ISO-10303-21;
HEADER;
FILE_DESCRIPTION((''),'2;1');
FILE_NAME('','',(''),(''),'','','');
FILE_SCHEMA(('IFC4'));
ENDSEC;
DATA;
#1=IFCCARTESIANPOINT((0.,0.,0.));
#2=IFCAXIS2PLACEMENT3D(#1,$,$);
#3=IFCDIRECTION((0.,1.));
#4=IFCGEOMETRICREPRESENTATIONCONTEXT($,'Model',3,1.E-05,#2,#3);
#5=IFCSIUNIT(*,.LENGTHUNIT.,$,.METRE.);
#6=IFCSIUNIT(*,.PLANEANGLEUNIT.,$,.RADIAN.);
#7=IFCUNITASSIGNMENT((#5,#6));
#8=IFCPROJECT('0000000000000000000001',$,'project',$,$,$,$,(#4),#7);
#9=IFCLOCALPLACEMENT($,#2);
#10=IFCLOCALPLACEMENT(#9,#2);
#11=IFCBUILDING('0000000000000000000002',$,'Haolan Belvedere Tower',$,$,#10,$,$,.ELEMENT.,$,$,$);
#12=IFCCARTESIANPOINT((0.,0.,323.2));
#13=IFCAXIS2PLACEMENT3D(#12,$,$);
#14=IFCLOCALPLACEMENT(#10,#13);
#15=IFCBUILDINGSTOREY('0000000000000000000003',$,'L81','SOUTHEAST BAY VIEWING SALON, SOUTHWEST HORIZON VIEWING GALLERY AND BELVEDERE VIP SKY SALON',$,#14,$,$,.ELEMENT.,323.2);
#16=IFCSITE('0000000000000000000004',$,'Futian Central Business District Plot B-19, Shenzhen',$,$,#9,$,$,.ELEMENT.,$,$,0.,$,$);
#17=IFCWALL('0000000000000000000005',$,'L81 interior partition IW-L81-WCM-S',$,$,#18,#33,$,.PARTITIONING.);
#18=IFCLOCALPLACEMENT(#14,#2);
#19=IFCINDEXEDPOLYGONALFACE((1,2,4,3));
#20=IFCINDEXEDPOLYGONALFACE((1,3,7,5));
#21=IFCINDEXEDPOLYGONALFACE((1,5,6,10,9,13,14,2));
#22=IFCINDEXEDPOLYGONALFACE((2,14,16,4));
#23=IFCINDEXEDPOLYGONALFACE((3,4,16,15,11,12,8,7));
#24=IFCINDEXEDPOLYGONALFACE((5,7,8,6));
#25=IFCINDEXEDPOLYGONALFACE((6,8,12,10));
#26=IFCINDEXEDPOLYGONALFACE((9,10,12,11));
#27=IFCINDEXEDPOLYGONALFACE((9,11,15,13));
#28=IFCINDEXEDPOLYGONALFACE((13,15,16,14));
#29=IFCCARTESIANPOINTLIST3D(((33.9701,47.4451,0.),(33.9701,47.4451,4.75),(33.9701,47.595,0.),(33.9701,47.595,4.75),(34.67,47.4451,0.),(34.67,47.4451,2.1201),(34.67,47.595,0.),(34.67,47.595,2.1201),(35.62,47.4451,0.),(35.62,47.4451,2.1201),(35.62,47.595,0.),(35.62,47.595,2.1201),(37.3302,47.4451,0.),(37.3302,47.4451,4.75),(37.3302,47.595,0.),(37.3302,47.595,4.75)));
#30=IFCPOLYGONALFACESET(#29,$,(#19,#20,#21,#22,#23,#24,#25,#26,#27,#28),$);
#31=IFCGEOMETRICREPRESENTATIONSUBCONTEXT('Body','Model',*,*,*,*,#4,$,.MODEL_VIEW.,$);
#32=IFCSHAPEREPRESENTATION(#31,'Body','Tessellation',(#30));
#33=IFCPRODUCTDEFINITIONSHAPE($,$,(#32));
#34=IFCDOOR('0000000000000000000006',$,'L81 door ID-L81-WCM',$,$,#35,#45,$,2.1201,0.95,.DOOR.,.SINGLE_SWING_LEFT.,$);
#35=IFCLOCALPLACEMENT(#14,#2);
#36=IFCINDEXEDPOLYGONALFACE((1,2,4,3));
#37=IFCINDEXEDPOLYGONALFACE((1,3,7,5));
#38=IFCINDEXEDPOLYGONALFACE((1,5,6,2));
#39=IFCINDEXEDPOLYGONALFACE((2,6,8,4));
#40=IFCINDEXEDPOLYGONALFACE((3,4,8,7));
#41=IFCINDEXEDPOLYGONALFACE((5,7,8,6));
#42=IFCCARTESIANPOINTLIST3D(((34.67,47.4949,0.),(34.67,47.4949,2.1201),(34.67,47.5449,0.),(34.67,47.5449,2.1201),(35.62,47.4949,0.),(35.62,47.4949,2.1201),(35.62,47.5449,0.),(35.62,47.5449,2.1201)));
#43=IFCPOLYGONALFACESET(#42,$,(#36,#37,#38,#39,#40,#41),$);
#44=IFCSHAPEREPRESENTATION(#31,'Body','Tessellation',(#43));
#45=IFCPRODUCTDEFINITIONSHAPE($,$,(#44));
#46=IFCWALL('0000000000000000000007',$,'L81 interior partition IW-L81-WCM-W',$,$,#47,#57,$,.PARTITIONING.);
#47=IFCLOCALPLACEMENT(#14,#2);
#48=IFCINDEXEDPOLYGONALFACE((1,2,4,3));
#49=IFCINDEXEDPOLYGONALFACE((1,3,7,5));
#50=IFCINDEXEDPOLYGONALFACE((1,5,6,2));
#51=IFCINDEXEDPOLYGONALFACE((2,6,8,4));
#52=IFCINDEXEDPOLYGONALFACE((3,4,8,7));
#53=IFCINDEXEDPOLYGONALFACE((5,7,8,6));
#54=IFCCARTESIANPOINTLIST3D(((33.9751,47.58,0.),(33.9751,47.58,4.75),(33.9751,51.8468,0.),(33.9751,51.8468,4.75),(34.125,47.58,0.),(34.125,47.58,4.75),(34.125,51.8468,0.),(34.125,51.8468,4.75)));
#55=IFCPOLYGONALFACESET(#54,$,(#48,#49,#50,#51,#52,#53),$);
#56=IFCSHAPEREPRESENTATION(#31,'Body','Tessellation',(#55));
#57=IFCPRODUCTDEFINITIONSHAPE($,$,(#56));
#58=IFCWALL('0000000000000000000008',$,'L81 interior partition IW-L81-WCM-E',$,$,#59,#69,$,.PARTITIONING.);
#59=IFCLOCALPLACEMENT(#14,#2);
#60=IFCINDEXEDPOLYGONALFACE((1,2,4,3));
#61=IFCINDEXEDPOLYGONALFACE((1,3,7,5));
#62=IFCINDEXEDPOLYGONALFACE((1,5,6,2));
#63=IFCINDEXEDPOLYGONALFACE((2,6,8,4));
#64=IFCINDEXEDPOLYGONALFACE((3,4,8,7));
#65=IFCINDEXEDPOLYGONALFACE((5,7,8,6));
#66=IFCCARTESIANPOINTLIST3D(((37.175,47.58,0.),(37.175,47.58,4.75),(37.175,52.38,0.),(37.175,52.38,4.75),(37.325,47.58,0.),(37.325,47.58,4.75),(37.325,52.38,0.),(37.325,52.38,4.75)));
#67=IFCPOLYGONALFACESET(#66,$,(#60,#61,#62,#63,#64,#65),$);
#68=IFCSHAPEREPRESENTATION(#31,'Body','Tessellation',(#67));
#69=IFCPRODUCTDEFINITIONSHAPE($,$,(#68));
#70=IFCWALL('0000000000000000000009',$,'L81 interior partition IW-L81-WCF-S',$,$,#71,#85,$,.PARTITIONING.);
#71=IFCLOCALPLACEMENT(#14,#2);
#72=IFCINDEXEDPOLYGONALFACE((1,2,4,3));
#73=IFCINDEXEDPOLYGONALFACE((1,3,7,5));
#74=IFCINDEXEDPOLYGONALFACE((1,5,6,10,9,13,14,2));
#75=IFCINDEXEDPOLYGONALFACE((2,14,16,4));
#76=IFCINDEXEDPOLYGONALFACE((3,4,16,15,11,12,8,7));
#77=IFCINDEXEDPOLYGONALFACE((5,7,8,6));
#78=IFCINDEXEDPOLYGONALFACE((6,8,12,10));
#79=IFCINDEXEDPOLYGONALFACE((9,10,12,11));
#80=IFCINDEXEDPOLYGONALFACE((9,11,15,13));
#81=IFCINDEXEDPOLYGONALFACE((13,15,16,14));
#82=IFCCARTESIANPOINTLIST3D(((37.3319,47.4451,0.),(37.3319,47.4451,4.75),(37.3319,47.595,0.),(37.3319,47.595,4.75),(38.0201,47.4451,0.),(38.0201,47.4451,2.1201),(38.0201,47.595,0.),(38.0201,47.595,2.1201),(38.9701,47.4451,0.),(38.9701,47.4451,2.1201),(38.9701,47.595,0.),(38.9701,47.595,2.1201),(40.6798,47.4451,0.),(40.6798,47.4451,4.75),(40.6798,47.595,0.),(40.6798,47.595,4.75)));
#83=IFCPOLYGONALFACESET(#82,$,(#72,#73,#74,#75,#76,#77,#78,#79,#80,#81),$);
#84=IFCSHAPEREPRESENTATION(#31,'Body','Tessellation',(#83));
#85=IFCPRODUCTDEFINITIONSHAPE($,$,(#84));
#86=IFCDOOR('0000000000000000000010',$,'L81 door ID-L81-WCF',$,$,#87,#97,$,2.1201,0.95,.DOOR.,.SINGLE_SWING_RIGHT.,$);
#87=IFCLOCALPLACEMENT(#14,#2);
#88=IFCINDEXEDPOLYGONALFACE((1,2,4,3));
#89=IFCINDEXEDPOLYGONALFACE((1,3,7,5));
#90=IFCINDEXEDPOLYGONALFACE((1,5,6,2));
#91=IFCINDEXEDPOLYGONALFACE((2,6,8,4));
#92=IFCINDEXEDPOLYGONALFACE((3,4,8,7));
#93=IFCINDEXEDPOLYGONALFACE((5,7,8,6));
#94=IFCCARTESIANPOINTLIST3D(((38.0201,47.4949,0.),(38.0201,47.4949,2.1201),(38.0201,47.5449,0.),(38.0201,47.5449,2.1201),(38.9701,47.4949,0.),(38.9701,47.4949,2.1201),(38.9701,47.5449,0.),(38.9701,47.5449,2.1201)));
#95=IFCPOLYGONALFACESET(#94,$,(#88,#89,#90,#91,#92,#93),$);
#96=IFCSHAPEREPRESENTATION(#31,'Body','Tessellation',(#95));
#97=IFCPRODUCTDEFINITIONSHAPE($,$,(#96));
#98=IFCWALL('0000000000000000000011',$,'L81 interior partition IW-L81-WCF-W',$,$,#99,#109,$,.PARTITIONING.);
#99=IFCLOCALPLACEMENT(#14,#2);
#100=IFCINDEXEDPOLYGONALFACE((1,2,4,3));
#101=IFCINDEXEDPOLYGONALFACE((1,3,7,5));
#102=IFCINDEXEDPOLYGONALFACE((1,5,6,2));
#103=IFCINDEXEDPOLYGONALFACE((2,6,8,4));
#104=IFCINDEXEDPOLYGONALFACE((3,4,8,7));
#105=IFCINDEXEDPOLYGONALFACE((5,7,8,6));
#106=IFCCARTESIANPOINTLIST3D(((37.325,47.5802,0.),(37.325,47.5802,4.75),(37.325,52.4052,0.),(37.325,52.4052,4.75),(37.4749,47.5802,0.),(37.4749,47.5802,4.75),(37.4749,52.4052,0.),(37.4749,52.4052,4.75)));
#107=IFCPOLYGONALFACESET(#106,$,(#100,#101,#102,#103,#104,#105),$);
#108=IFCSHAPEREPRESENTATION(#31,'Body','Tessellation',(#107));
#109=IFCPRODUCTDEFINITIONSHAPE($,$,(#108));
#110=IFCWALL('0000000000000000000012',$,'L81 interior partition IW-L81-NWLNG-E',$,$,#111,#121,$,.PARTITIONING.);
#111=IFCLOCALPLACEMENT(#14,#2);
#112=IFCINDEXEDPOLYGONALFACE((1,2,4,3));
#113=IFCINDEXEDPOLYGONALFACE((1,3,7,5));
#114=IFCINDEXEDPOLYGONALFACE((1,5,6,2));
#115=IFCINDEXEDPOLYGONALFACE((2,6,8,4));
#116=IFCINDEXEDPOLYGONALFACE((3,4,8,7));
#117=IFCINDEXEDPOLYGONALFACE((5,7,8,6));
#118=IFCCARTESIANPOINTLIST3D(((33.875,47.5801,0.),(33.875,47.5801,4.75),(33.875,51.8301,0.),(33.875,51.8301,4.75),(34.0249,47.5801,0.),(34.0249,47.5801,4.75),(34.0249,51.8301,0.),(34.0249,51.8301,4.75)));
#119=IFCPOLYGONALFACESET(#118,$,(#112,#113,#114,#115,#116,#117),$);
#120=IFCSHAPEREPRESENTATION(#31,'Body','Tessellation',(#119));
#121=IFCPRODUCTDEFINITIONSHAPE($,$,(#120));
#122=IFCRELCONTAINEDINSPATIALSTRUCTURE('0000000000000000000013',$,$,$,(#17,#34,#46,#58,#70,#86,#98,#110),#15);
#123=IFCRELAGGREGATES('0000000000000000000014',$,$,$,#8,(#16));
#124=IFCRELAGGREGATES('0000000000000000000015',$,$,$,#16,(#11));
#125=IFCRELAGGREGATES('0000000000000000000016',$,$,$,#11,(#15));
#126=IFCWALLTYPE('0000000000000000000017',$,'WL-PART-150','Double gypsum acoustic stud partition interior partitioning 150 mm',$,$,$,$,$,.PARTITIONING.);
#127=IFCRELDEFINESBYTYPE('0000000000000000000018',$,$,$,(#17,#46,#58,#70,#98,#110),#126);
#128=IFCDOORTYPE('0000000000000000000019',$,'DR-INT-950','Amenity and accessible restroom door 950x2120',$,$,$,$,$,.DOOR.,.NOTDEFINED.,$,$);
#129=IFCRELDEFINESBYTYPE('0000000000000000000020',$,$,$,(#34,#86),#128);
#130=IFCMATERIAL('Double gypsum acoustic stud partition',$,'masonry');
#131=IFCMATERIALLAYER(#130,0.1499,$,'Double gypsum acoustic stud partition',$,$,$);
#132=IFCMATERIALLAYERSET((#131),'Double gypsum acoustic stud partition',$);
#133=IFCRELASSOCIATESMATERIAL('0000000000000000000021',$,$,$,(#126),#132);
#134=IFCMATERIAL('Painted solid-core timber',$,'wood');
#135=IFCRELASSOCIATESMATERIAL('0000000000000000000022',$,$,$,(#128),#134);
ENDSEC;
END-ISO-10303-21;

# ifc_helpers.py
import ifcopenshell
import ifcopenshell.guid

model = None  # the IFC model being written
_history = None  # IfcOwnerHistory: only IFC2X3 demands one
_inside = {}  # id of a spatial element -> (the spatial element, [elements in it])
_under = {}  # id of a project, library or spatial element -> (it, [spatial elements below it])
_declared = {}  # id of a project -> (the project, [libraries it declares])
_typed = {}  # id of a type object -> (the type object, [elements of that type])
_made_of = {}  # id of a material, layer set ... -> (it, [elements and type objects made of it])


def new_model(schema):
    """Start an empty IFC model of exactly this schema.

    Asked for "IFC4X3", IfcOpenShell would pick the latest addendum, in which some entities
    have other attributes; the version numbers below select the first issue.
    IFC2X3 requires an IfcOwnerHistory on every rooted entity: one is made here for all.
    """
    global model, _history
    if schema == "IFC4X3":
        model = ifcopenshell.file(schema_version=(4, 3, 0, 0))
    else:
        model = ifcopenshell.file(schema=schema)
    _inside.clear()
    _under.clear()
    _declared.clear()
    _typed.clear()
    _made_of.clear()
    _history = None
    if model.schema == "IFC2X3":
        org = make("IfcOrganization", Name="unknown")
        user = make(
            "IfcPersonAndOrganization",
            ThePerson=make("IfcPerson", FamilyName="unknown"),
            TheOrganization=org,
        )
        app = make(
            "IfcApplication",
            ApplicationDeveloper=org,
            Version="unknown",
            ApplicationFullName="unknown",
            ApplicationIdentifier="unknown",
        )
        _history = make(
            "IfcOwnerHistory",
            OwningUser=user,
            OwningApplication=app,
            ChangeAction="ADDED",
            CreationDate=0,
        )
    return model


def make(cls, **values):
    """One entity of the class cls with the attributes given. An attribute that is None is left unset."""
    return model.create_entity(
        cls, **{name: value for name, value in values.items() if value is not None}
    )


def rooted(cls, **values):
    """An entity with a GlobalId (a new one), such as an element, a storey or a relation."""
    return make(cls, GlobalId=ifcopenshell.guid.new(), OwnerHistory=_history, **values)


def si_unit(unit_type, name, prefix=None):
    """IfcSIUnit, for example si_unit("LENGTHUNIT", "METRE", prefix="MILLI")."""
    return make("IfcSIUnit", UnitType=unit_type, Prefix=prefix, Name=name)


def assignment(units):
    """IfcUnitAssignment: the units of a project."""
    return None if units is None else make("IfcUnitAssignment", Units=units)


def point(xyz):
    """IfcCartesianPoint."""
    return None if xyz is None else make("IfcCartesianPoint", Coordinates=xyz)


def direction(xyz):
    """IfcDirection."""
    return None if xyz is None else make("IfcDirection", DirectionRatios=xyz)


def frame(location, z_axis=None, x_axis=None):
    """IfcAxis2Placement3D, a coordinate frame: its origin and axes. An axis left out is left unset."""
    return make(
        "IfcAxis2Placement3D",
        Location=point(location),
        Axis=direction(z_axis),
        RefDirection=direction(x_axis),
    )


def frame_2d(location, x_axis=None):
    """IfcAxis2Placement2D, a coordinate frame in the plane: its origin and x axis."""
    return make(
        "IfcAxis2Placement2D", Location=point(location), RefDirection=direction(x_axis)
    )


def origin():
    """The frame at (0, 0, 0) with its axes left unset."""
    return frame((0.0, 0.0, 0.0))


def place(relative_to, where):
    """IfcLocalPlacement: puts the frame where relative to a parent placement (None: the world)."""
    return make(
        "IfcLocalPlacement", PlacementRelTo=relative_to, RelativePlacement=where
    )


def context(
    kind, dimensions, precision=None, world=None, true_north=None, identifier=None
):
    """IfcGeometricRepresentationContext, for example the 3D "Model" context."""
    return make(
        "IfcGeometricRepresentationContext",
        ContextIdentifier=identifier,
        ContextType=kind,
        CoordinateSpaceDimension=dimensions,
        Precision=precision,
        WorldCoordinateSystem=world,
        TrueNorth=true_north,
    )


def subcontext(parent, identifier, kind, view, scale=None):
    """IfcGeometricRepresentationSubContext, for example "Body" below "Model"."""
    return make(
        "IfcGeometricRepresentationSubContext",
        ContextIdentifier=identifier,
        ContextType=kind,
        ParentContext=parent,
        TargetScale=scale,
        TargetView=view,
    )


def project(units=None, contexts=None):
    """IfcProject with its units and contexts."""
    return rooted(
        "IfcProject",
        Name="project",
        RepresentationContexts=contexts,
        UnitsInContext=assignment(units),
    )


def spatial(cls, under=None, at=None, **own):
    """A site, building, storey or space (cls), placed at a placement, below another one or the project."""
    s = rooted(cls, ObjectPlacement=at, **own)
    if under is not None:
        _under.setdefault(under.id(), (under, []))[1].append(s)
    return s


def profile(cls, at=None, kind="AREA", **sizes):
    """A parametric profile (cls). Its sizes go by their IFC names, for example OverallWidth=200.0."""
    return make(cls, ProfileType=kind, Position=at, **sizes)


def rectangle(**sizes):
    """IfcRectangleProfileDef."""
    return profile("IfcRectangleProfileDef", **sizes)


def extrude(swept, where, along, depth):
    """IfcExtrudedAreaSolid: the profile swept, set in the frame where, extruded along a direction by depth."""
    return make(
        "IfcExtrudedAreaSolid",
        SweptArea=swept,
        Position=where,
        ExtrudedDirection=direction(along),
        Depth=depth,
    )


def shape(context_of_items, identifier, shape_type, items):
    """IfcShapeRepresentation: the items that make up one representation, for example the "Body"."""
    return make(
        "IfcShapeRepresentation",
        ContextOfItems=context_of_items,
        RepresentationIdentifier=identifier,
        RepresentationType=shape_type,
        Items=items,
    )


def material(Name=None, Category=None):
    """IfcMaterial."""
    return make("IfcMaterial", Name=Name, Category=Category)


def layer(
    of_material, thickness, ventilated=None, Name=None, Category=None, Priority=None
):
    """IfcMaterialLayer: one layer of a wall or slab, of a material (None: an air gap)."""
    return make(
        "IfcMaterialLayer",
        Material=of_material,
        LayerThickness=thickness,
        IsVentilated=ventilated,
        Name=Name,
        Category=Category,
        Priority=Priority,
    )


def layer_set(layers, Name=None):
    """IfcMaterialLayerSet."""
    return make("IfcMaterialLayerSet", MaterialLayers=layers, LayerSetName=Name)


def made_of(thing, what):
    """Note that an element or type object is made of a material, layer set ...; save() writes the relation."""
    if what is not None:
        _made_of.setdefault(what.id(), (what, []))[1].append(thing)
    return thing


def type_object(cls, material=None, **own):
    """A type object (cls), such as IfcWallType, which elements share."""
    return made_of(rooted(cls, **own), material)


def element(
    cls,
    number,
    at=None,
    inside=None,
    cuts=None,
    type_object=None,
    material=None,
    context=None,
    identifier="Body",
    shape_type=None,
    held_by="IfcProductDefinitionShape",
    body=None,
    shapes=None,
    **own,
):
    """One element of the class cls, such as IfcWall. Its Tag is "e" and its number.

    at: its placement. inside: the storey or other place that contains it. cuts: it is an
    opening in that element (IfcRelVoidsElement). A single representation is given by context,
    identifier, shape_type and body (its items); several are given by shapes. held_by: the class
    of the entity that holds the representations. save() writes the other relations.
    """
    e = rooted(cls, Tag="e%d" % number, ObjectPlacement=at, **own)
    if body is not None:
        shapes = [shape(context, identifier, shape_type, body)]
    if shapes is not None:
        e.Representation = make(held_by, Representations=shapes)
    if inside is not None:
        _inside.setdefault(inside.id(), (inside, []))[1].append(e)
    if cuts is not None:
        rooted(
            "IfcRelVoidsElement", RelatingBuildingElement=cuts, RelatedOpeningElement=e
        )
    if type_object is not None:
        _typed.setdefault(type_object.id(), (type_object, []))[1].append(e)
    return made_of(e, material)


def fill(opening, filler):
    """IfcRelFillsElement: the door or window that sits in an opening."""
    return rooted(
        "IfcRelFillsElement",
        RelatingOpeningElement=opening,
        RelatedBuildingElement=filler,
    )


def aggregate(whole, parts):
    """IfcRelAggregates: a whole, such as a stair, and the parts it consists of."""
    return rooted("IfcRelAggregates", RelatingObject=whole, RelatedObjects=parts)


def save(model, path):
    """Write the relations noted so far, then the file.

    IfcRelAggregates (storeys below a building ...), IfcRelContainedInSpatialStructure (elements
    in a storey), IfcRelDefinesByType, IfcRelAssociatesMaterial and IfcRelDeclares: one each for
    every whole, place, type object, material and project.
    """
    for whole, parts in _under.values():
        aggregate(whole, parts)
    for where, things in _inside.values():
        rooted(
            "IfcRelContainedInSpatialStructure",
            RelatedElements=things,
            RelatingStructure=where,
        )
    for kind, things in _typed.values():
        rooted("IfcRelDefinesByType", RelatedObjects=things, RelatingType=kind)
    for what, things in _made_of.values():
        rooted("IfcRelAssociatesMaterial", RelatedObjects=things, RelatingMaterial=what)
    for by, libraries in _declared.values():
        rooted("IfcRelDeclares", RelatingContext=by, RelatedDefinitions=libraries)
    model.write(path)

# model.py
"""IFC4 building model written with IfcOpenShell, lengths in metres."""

from ifc_helpers import new_model, si_unit, direction, frame, frame_2d, origin, place, context, subcontext, project, spatial, rectangle, extrude, material, layer, layer_set, type_object, element, fill, save


model = new_model("IFC4")

# Units and contexts
model_context = context("Model", 3, precision=1e-05, world=origin(), true_north=direction((0.0, 1.0)))
body_context = subcontext(model_context, "Body", "Model", "MODEL_VIEW")
ifc_project = project(units=[si_unit("LENGTHUNIT", "METRE"), si_unit("PLANEANGLEUNIT", "RADIAN")], contexts=[model_context])

# Site, building, storey
site_placement = place(None, origin())
site = spatial("IfcSite", under=ifc_project, at=site_placement, Name="Futian Central Business District Plot B-19, Shenzhen", CompositionType="ELEMENT", RefElevation=0.0)
building_placement = place(site_placement, origin())
building = spatial("IfcBuilding", under=site, at=building_placement, Name="Haolan Belvedere Tower", CompositionType="ELEMENT")
storey_placement = place(building_placement, frame((0.0, 0.0, 323.2)))
storey = spatial("IfcBuildingStorey", under=building, at=storey_placement, Name="L81", Description="SOUTHEAST BAY VIEWING SALON, SOUTHWEST HORIZON VIEWING GALLERY AND BELVEDERE VIP SKY SALON", CompositionType="ELEMENT", Elevation=323.2)

# Wall, opening, door
ifc_material_1 = material(Name="Double gypsum acoustic stud partition", Category="masonry")
ifc_layer_1 = layer(ifc_material_1, 0.1499, Name="Double gypsum acoustic stud partition")
ifc_layer_set_1 = layer_set([ifc_layer_1], Name="Double gypsum acoustic stud partition")
wall_type_1 = type_object("IfcWallType", Name="WL-PART-150", Description="Double gypsum acoustic stud partition interior partitioning 150 mm", PredefinedType="PARTITIONING", material=ifc_layer_set_1)
wall_1_placement = place(storey_placement, frame((33.97, 47.52, 0.0), z_axis=(0.0, 0.0, 1.0), x_axis=(1.0, 0.0, 0.0)))
wall_1 = element("IfcWall", 1, at=wall_1_placement, inside=storey, type_object=wall_type_1, Name="L81 interior partition IW-L81-WCM-S", PredefinedType="PARTITIONING", context=body_context, shape_type="SweptSolid", body=[
    extrude(rectangle(XDim=3.3601, YDim=0.1499, at=frame_2d((1.6802, 0.0))), origin(), (0.0, 0.0, 1.0), 4.75),
])
opening_1_placement = place(wall_1_placement, frame((0.7, 0.0, 0.0)))
opening_1 = element("IfcOpeningElement", 2, at=opening_1_placement, cuts=wall_1, PredefinedType="OPENING", context=body_context, shape_type="SweptSolid", body=[
    extrude(rectangle(XDim=0.95, YDim=2.1201, at=frame_2d((0.4751, 1.0601))), frame((0.0, 0.085, 0.0), z_axis=(0.0, -1.0, 0.0), x_axis=(1.0, 0.0, 0.0)), (0.0, 0.0, 1.0), 0.1699),
])
ifc_material_2 = material(Name="Painted solid-core timber", Category="wood")
door_type_1 = type_object("IfcDoorType", Name="DR-INT-950", Description="Amenity and accessible restroom door 950x2120", OperationType="NOTDEFINED", PredefinedType="DOOR", material=ifc_material_2)
door_1_placement = place(opening_1_placement, origin())
door_1 = element("IfcDoor", 3, at=door_1_placement, inside=storey, type_object=door_type_1, Name="L81 door ID-L81-WCM", OperationType="SINGLE_SWING_LEFT", OverallHeight=2.1201, OverallWidth=0.95, PredefinedType="DOOR", context=body_context, shape_type="SweptSolid", body=[
    extrude(rectangle(XDim=0.95, YDim=2.1201, at=frame_2d((0.4751, 1.0601))), frame((0.0, 0.0249, 0.0), z_axis=(0.0, -1.0, 0.0), x_axis=(1.0, 0.0, 0.0)), (0.0, 0.0, 1.0), 0.05),
])
fill(opening_1, door_1)

# Walls
wall_2_placement = place(storey_placement, frame((34.05, 47.5801, 0.0), z_axis=(0.0, 0.0, 1.0), x_axis=(0.0, 1.0, 0.0)))
element("IfcWall", 4, at=wall_2_placement, inside=storey, type_object=wall_type_1, Name="L81 interior partition IW-L81-WCM-W", PredefinedType="PARTITIONING", context=body_context, shape_type="SweptSolid", body=[
    extrude(rectangle(XDim=4.2668, YDim=0.1499, at=frame_2d((2.1333, 0.0))), origin(), (0.0, 0.0, 1.0), 4.75),
])
wall_3_placement = place(storey_placement, frame((37.25, 47.5801, 0.0), z_axis=(0.0, 0.0, 1.0), x_axis=(0.0, 1.0, 0.0)))
element("IfcWall", 5, at=wall_3_placement, inside=storey, type_object=wall_type_1, Name="L81 interior partition IW-L81-WCM-E", PredefinedType="PARTITIONING", context=body_context, shape_type="SweptSolid", body=[
    extrude(rectangle(XDim=4.8, YDim=0.1499, at=frame_2d((2.3999, 0.0))), origin(), (0.0, 0.0, 1.0), 4.75),
])

# Wall, opening, door
wall_4_placement = place(storey_placement, frame((37.332, 47.52, 0.0), z_axis=(0.0, 0.0, 1.0), x_axis=(1.0, 0.0, 0.0)))
wall_4 = element("IfcWall", 6, at=wall_4_placement, inside=storey, type_object=wall_type_1, Name="L81 interior partition IW-L81-WCF-S", PredefinedType="PARTITIONING", context=body_context, shape_type="SweptSolid", body=[
    extrude(rectangle(XDim=3.3479, YDim=0.1499, at=frame_2d((1.6738, 0.0))), origin(), (0.0, 0.0, 1.0), 4.75),
])
opening_2_placement = place(wall_4_placement, frame((0.688, 0.0, 0.0)))
opening_2 = element("IfcOpeningElement", 7, at=opening_2_placement, cuts=wall_4, PredefinedType="OPENING", context=body_context, shape_type="SweptSolid", body=[
    extrude(rectangle(XDim=0.95, YDim=2.1201, at=frame_2d((0.4751, 1.0601))), frame((0.0, 0.085, 0.0), z_axis=(0.0, -1.0, 0.0), x_axis=(1.0, 0.0, 0.0)), (0.0, 0.0, 1.0), 0.1699),
])
door_2_placement = place(opening_2_placement, origin())
door_2 = element("IfcDoor", 8, at=door_2_placement, inside=storey, type_object=door_type_1, Name="L81 door ID-L81-WCF", OperationType="SINGLE_SWING_RIGHT", OverallHeight=2.1201, OverallWidth=0.95, PredefinedType="DOOR", context=body_context, shape_type="SweptSolid", body=[
    extrude(rectangle(XDim=0.95, YDim=2.1201, at=frame_2d((0.4751, 1.0601))), frame((0.0, 0.0249, 0.0), z_axis=(0.0, -1.0, 0.0), x_axis=(1.0, 0.0, 0.0)), (0.0, 0.0, 1.0), 0.05),
])
fill(opening_2, door_2)

# Walls
wall_5_placement = place(storey_placement, frame((37.3999, 47.5801, 0.0), z_axis=(0.0, 0.0, 1.0), x_axis=(0.0, 1.0, 0.0)))
element("IfcWall", 9, at=wall_5_placement, inside=storey, type_object=wall_type_1, Name="L81 interior partition IW-L81-WCF-W", PredefinedType="PARTITIONING", context=body_context, shape_type="SweptSolid", body=[
    extrude(rectangle(XDim=4.825, YDim=0.1499, at=frame_2d((2.4126, 0.0))), origin(), (0.0, 0.0, 1.0), 4.75),
])
wall_6_placement = place(storey_placement, frame((33.95, 47.5801, 0.0), z_axis=(0.0, 0.0, 1.0), x_axis=(0.0, 1.0, 0.0)))
element("IfcWall", 10, at=wall_6_placement, inside=storey, type_object=wall_type_1, Name="L81 interior partition IW-L81-NWLNG-E", PredefinedType="PARTITIONING", context=body_context, shape_type="SweptSolid", body=[
    extrude(rectangle(XDim=4.25, YDim=0.1499, at=frame_2d((2.125, 0.0))), origin(), (0.0, 0.0, 1.0), 4.75),
])

save(model, "model.ifc")
